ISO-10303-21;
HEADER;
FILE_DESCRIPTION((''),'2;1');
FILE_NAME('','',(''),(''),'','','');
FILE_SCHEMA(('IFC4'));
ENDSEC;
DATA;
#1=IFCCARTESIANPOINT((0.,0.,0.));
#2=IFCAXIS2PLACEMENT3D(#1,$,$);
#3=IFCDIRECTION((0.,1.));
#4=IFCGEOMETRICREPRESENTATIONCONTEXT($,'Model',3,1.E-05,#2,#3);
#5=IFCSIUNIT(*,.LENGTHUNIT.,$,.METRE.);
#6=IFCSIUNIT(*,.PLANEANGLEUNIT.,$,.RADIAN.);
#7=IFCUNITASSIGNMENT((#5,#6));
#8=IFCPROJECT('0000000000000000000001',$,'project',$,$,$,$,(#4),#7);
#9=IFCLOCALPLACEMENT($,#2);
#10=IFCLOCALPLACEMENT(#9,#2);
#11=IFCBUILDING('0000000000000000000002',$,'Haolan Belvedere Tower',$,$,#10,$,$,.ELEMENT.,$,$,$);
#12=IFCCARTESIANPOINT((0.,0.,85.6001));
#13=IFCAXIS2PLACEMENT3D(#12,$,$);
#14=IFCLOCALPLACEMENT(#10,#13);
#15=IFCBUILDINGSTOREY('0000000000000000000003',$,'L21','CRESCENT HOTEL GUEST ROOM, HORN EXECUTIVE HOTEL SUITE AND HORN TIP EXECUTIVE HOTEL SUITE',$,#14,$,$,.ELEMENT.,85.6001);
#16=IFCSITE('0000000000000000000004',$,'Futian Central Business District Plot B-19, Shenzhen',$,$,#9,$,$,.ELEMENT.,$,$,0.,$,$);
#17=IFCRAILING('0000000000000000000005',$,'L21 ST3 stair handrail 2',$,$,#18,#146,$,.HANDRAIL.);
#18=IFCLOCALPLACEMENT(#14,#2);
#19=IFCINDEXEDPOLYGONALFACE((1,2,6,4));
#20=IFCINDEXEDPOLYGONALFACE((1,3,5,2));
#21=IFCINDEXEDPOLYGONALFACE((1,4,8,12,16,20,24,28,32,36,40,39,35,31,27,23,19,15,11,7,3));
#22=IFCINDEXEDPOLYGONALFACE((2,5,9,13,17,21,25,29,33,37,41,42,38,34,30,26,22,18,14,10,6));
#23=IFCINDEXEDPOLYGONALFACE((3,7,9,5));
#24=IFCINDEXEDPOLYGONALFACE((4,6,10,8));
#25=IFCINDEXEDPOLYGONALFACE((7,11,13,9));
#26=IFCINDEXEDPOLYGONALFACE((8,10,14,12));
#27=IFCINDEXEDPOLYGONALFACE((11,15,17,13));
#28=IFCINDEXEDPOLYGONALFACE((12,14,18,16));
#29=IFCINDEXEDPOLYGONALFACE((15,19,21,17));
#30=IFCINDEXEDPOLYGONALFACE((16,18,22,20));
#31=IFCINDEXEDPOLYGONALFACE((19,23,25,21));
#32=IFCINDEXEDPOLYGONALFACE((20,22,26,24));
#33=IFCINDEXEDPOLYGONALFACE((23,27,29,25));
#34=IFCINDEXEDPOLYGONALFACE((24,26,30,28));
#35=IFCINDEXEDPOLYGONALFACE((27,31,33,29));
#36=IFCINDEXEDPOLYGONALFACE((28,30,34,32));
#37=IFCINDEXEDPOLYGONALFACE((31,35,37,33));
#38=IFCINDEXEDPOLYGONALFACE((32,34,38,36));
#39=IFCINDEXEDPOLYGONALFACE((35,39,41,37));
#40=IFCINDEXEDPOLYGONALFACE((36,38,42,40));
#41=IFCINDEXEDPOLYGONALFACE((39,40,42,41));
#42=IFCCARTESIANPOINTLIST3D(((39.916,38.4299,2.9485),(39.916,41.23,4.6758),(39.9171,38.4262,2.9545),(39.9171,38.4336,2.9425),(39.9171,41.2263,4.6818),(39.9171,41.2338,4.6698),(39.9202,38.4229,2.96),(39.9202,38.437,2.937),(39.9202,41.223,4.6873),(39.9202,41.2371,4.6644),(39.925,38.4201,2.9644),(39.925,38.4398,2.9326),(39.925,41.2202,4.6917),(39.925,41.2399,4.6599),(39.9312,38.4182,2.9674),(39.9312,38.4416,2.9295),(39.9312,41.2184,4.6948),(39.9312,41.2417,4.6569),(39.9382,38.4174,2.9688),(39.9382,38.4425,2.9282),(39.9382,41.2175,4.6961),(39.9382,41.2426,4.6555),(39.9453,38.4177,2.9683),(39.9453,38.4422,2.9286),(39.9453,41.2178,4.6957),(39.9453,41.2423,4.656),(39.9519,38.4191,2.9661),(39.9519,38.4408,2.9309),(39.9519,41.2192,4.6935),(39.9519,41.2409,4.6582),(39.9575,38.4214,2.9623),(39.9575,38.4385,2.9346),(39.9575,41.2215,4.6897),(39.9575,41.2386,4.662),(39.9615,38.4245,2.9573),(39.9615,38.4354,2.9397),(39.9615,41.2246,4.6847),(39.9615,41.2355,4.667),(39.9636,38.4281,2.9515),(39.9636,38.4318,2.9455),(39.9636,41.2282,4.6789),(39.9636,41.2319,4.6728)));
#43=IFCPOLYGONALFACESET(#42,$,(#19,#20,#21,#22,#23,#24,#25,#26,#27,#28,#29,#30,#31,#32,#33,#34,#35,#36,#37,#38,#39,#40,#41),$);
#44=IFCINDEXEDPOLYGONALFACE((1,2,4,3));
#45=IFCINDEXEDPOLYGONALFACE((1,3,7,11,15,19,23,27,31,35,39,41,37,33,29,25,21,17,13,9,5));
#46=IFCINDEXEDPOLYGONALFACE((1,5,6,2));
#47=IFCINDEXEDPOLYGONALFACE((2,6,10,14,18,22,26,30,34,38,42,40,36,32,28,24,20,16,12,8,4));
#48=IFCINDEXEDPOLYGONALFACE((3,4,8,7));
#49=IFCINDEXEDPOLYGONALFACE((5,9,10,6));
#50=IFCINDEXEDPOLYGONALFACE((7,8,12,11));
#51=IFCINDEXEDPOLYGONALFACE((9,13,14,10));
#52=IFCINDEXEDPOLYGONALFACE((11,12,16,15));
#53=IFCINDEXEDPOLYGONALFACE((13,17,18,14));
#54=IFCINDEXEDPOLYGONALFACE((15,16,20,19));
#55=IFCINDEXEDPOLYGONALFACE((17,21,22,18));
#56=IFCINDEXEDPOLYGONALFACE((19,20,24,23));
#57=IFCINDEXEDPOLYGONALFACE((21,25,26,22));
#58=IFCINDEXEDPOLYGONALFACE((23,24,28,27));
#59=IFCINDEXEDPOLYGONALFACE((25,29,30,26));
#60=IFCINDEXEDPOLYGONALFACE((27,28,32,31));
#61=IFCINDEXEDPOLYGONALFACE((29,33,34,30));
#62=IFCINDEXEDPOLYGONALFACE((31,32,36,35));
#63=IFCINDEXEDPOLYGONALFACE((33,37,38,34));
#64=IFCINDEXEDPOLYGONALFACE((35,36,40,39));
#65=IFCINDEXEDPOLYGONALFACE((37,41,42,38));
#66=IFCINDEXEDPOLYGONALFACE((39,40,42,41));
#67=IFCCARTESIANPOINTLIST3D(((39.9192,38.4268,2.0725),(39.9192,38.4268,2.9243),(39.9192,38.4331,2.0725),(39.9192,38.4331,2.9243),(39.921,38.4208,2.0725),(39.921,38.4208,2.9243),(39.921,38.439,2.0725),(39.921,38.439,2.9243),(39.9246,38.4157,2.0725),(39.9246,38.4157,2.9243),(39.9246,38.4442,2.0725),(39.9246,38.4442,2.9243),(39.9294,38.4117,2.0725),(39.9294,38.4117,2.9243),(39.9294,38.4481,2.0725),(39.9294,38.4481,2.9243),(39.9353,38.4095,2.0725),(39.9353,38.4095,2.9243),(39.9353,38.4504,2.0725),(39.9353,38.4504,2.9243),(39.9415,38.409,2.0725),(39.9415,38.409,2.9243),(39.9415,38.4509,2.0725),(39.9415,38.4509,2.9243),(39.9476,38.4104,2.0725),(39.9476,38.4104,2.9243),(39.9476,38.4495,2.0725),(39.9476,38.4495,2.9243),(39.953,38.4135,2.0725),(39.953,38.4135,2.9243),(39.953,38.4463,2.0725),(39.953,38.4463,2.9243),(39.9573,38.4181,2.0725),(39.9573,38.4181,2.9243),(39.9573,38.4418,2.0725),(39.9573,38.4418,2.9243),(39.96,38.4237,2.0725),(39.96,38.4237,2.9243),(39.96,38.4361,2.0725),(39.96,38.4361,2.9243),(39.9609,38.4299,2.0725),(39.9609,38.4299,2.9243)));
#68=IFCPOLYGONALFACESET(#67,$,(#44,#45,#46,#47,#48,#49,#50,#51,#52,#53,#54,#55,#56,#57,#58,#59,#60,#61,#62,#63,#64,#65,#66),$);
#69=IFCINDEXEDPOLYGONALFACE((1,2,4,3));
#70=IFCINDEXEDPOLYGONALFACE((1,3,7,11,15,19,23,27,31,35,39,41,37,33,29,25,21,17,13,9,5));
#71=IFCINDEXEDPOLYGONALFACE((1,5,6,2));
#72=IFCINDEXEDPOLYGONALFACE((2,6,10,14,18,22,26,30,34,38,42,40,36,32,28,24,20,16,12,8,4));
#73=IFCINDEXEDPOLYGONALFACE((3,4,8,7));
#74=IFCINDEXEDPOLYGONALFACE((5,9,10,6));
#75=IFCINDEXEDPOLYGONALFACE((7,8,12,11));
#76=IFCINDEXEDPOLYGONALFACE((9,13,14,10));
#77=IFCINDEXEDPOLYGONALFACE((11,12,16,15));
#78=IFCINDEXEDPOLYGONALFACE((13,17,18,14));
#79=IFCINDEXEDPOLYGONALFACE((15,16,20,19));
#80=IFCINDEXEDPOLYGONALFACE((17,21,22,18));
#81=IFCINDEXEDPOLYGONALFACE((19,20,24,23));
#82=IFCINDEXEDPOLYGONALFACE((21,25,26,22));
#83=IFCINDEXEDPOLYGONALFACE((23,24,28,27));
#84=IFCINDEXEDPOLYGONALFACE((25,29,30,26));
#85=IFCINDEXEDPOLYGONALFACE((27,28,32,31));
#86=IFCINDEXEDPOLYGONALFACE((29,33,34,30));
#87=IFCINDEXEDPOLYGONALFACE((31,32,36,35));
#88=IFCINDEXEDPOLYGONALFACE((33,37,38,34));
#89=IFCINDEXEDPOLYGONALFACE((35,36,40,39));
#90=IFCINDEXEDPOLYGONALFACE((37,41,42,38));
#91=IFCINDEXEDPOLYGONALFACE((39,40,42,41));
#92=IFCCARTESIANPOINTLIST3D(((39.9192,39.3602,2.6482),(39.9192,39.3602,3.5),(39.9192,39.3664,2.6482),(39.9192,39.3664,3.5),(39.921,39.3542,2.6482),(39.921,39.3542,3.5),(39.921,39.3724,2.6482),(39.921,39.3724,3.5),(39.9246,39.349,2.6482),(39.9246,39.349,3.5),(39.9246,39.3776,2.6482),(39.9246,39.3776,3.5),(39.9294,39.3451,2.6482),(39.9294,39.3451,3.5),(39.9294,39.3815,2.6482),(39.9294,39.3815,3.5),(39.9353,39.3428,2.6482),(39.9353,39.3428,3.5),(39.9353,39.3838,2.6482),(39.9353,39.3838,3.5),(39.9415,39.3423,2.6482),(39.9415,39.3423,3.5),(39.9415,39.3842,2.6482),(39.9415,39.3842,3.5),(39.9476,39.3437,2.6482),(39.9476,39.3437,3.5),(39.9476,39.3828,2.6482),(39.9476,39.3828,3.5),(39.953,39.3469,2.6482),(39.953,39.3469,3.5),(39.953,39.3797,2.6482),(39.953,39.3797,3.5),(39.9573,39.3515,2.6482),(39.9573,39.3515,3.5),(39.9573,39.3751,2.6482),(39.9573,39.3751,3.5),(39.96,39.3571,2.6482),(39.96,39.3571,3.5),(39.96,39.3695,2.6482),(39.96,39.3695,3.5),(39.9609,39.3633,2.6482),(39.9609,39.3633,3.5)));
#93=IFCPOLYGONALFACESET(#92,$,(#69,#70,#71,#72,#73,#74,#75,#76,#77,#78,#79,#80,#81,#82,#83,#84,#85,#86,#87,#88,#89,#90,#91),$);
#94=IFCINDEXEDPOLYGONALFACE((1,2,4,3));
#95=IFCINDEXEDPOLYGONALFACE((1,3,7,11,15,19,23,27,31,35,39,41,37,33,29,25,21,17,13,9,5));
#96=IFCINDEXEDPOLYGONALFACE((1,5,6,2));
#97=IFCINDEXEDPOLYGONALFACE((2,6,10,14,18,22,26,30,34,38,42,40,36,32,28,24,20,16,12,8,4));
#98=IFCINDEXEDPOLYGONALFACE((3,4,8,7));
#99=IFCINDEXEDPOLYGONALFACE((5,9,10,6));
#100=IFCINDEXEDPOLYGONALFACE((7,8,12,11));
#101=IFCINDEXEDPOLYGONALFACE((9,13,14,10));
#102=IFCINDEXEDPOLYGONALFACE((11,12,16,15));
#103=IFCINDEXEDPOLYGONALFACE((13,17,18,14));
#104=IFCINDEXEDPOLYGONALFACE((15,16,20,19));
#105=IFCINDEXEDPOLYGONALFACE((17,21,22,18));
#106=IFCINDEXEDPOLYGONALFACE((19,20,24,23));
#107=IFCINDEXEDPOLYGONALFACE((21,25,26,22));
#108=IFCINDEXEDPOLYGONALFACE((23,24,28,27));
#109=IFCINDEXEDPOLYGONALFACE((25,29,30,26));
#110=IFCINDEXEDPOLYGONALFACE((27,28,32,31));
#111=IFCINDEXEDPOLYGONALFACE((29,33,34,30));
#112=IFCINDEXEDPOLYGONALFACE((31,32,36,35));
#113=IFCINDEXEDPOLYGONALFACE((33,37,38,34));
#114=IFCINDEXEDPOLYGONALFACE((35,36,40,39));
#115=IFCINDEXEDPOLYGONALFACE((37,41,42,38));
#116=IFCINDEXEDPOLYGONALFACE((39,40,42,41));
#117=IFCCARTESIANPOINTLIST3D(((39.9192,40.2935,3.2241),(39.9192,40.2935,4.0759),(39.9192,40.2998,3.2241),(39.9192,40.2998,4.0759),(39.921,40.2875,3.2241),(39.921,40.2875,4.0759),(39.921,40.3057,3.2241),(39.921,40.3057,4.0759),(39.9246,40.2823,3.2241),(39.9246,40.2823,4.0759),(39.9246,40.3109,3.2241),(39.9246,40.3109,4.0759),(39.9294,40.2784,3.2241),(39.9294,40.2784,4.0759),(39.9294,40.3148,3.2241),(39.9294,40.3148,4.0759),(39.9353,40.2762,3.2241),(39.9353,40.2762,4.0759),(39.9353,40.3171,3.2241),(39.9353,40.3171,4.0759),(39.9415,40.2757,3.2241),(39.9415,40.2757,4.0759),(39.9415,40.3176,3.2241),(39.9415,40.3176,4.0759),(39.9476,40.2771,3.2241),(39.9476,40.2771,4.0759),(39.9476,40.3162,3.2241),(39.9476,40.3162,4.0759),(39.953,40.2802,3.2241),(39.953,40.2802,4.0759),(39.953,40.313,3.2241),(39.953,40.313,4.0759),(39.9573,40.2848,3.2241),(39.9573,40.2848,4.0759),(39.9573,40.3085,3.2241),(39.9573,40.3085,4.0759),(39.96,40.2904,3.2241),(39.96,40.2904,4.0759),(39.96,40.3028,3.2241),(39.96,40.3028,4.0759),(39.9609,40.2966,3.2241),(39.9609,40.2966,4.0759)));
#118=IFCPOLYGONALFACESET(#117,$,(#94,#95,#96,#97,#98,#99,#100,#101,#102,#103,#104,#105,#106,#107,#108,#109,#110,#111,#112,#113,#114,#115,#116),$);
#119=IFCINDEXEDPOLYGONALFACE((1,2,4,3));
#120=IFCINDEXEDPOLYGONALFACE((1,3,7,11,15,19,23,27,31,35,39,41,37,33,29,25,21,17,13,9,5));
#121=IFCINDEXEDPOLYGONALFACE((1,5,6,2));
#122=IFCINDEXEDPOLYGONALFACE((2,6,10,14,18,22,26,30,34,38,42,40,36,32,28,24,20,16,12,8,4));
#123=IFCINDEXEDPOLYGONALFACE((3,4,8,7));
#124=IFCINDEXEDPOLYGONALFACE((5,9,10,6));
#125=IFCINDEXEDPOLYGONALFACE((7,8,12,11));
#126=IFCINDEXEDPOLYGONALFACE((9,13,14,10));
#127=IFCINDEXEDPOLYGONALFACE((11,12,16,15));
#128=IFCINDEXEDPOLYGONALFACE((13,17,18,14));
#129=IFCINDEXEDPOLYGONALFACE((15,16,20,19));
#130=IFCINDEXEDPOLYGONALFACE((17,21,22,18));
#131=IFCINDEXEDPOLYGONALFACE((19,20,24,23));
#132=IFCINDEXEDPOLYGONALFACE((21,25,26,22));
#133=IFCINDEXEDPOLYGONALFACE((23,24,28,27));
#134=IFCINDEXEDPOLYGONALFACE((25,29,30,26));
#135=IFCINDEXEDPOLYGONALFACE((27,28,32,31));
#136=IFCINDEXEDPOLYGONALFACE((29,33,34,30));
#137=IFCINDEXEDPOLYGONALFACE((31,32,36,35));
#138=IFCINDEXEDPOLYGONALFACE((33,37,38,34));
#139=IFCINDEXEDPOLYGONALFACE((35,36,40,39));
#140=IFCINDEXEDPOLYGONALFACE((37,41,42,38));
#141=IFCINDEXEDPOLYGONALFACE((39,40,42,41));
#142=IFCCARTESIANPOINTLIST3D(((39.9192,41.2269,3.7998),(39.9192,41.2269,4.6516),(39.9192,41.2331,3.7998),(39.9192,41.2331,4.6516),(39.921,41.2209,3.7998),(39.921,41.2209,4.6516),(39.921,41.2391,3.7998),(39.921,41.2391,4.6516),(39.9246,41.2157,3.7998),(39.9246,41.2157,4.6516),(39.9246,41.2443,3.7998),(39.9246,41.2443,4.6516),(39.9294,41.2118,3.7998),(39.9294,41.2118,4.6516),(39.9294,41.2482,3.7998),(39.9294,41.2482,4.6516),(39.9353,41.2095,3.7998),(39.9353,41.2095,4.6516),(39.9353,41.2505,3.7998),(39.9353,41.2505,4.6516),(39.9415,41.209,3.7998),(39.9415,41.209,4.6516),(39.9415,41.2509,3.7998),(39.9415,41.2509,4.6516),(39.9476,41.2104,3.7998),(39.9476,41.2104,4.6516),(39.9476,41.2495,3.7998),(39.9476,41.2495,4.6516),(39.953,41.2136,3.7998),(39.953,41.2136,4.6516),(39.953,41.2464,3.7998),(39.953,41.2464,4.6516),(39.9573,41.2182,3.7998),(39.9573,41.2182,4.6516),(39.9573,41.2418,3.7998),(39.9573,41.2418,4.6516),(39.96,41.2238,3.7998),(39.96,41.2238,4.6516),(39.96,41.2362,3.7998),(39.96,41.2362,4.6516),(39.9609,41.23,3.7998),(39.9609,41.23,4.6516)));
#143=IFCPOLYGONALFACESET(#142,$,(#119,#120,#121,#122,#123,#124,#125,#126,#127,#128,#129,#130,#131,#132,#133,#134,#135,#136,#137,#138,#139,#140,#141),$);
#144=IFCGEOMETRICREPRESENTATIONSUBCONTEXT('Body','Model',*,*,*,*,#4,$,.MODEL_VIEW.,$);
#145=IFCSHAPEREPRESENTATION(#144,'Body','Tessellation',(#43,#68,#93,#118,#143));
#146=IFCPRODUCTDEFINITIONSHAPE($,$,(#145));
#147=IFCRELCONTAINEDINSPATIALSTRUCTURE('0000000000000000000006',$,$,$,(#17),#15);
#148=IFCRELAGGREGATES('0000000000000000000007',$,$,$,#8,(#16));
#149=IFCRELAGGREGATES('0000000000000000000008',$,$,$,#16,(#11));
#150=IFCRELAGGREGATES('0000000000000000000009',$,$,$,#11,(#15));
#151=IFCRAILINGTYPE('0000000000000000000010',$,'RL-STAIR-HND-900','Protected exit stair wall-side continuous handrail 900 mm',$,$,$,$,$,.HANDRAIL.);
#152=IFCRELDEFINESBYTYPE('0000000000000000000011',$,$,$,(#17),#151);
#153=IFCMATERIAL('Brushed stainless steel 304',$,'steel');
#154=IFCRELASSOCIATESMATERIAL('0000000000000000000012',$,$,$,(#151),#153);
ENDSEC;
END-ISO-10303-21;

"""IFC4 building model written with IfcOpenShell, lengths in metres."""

from ifc_helpers import new_model, si_unit, direction, frame, origin, origin_2d, place, context, subcontext, project, spatial, circle, extrude, material, type_object, element, save


model = new_model("IFC4")

# Units and contexts
model_context = context("Model", 3, precision=1e-05, world=origin(), true_north=direction((0.0, 1.0)))
body_context = subcontext(model_context, "Body", "Model", "MODEL_VIEW")
ifc_project = project(units=[si_unit("LENGTHUNIT", "METRE"), si_unit("PLANEANGLEUNIT", "RADIAN")], contexts=[model_context])

# Site, building, storey
site_placement = place(None, origin())
site = spatial("IfcSite", under=ifc_project, at=site_placement, Name="Futian Central Business District Plot B-19, Shenzhen", CompositionType="ELEMENT", RefElevation=0.0)
building_placement = place(site_placement, origin())
building = spatial("IfcBuilding", under=site, at=building_placement, Name="Haolan Belvedere Tower", CompositionType="ELEMENT")
storey_placement = place(building_placement, frame((0.0, 0.0, 85.6001)))
storey = spatial("IfcBuildingStorey", under=building, at=storey_placement, Name="L21", Description="CRESCENT HOTEL GUEST ROOM, HORN EXECUTIVE HOTEL SUITE AND HORN TIP EXECUTIVE HOTEL SUITE", CompositionType="ELEMENT", Elevation=85.6001)

# Railing
ifc_material_1 = material(Name="Brushed stainless steel 304", Category="steel")
railing_type_1 = type_object("IfcRailingType", Name="RL-STAIR-HND-900", Description="Protected exit stair wall-side continuous handrail 900 mm", PredefinedType="HANDRAIL", material=ifc_material_1)
railing_1_placement = place(storey_placement, frame((39.9399, 38.4299, 2.0725)))
element("IfcRailing", 1, at=railing_1_placement, inside=storey, type_object=railing_type_1, Name="L21 ST3 stair handrail 2", PredefinedType="HANDRAIL", context=body_context, shape_type="SweptSolid", body=[
    extrude(circle(Radius=0.0239, at=origin_2d()), frame((0.0, 0.0, 0.876), z_axis=(0.0, 0.85109, 0.52502), x_axis=(-1.0, 0.0, 0.0)), (0.0, 0.0, 1.0), 3.29),
    extrude(circle(Radius=0.021, at=origin_2d()), origin(), (0.0, 0.0, 1.0), 0.8518),
    extrude(circle(Radius=0.021, at=origin_2d()), frame((0.0, 0.9333, 0.5757)), (0.0, 0.0, 1.0), 0.8518),
    extrude(circle(Radius=0.021, at=origin_2d()), frame((0.0, 1.8667, 1.1516)), (0.0, 0.0, 1.0), 0.8518),
    extrude(circle(Radius=0.021, at=origin_2d()), frame((0.0, 2.8, 1.7273)), (0.0, 0.0, 1.0), 0.8518),
])

save(model, "model.ifc")
